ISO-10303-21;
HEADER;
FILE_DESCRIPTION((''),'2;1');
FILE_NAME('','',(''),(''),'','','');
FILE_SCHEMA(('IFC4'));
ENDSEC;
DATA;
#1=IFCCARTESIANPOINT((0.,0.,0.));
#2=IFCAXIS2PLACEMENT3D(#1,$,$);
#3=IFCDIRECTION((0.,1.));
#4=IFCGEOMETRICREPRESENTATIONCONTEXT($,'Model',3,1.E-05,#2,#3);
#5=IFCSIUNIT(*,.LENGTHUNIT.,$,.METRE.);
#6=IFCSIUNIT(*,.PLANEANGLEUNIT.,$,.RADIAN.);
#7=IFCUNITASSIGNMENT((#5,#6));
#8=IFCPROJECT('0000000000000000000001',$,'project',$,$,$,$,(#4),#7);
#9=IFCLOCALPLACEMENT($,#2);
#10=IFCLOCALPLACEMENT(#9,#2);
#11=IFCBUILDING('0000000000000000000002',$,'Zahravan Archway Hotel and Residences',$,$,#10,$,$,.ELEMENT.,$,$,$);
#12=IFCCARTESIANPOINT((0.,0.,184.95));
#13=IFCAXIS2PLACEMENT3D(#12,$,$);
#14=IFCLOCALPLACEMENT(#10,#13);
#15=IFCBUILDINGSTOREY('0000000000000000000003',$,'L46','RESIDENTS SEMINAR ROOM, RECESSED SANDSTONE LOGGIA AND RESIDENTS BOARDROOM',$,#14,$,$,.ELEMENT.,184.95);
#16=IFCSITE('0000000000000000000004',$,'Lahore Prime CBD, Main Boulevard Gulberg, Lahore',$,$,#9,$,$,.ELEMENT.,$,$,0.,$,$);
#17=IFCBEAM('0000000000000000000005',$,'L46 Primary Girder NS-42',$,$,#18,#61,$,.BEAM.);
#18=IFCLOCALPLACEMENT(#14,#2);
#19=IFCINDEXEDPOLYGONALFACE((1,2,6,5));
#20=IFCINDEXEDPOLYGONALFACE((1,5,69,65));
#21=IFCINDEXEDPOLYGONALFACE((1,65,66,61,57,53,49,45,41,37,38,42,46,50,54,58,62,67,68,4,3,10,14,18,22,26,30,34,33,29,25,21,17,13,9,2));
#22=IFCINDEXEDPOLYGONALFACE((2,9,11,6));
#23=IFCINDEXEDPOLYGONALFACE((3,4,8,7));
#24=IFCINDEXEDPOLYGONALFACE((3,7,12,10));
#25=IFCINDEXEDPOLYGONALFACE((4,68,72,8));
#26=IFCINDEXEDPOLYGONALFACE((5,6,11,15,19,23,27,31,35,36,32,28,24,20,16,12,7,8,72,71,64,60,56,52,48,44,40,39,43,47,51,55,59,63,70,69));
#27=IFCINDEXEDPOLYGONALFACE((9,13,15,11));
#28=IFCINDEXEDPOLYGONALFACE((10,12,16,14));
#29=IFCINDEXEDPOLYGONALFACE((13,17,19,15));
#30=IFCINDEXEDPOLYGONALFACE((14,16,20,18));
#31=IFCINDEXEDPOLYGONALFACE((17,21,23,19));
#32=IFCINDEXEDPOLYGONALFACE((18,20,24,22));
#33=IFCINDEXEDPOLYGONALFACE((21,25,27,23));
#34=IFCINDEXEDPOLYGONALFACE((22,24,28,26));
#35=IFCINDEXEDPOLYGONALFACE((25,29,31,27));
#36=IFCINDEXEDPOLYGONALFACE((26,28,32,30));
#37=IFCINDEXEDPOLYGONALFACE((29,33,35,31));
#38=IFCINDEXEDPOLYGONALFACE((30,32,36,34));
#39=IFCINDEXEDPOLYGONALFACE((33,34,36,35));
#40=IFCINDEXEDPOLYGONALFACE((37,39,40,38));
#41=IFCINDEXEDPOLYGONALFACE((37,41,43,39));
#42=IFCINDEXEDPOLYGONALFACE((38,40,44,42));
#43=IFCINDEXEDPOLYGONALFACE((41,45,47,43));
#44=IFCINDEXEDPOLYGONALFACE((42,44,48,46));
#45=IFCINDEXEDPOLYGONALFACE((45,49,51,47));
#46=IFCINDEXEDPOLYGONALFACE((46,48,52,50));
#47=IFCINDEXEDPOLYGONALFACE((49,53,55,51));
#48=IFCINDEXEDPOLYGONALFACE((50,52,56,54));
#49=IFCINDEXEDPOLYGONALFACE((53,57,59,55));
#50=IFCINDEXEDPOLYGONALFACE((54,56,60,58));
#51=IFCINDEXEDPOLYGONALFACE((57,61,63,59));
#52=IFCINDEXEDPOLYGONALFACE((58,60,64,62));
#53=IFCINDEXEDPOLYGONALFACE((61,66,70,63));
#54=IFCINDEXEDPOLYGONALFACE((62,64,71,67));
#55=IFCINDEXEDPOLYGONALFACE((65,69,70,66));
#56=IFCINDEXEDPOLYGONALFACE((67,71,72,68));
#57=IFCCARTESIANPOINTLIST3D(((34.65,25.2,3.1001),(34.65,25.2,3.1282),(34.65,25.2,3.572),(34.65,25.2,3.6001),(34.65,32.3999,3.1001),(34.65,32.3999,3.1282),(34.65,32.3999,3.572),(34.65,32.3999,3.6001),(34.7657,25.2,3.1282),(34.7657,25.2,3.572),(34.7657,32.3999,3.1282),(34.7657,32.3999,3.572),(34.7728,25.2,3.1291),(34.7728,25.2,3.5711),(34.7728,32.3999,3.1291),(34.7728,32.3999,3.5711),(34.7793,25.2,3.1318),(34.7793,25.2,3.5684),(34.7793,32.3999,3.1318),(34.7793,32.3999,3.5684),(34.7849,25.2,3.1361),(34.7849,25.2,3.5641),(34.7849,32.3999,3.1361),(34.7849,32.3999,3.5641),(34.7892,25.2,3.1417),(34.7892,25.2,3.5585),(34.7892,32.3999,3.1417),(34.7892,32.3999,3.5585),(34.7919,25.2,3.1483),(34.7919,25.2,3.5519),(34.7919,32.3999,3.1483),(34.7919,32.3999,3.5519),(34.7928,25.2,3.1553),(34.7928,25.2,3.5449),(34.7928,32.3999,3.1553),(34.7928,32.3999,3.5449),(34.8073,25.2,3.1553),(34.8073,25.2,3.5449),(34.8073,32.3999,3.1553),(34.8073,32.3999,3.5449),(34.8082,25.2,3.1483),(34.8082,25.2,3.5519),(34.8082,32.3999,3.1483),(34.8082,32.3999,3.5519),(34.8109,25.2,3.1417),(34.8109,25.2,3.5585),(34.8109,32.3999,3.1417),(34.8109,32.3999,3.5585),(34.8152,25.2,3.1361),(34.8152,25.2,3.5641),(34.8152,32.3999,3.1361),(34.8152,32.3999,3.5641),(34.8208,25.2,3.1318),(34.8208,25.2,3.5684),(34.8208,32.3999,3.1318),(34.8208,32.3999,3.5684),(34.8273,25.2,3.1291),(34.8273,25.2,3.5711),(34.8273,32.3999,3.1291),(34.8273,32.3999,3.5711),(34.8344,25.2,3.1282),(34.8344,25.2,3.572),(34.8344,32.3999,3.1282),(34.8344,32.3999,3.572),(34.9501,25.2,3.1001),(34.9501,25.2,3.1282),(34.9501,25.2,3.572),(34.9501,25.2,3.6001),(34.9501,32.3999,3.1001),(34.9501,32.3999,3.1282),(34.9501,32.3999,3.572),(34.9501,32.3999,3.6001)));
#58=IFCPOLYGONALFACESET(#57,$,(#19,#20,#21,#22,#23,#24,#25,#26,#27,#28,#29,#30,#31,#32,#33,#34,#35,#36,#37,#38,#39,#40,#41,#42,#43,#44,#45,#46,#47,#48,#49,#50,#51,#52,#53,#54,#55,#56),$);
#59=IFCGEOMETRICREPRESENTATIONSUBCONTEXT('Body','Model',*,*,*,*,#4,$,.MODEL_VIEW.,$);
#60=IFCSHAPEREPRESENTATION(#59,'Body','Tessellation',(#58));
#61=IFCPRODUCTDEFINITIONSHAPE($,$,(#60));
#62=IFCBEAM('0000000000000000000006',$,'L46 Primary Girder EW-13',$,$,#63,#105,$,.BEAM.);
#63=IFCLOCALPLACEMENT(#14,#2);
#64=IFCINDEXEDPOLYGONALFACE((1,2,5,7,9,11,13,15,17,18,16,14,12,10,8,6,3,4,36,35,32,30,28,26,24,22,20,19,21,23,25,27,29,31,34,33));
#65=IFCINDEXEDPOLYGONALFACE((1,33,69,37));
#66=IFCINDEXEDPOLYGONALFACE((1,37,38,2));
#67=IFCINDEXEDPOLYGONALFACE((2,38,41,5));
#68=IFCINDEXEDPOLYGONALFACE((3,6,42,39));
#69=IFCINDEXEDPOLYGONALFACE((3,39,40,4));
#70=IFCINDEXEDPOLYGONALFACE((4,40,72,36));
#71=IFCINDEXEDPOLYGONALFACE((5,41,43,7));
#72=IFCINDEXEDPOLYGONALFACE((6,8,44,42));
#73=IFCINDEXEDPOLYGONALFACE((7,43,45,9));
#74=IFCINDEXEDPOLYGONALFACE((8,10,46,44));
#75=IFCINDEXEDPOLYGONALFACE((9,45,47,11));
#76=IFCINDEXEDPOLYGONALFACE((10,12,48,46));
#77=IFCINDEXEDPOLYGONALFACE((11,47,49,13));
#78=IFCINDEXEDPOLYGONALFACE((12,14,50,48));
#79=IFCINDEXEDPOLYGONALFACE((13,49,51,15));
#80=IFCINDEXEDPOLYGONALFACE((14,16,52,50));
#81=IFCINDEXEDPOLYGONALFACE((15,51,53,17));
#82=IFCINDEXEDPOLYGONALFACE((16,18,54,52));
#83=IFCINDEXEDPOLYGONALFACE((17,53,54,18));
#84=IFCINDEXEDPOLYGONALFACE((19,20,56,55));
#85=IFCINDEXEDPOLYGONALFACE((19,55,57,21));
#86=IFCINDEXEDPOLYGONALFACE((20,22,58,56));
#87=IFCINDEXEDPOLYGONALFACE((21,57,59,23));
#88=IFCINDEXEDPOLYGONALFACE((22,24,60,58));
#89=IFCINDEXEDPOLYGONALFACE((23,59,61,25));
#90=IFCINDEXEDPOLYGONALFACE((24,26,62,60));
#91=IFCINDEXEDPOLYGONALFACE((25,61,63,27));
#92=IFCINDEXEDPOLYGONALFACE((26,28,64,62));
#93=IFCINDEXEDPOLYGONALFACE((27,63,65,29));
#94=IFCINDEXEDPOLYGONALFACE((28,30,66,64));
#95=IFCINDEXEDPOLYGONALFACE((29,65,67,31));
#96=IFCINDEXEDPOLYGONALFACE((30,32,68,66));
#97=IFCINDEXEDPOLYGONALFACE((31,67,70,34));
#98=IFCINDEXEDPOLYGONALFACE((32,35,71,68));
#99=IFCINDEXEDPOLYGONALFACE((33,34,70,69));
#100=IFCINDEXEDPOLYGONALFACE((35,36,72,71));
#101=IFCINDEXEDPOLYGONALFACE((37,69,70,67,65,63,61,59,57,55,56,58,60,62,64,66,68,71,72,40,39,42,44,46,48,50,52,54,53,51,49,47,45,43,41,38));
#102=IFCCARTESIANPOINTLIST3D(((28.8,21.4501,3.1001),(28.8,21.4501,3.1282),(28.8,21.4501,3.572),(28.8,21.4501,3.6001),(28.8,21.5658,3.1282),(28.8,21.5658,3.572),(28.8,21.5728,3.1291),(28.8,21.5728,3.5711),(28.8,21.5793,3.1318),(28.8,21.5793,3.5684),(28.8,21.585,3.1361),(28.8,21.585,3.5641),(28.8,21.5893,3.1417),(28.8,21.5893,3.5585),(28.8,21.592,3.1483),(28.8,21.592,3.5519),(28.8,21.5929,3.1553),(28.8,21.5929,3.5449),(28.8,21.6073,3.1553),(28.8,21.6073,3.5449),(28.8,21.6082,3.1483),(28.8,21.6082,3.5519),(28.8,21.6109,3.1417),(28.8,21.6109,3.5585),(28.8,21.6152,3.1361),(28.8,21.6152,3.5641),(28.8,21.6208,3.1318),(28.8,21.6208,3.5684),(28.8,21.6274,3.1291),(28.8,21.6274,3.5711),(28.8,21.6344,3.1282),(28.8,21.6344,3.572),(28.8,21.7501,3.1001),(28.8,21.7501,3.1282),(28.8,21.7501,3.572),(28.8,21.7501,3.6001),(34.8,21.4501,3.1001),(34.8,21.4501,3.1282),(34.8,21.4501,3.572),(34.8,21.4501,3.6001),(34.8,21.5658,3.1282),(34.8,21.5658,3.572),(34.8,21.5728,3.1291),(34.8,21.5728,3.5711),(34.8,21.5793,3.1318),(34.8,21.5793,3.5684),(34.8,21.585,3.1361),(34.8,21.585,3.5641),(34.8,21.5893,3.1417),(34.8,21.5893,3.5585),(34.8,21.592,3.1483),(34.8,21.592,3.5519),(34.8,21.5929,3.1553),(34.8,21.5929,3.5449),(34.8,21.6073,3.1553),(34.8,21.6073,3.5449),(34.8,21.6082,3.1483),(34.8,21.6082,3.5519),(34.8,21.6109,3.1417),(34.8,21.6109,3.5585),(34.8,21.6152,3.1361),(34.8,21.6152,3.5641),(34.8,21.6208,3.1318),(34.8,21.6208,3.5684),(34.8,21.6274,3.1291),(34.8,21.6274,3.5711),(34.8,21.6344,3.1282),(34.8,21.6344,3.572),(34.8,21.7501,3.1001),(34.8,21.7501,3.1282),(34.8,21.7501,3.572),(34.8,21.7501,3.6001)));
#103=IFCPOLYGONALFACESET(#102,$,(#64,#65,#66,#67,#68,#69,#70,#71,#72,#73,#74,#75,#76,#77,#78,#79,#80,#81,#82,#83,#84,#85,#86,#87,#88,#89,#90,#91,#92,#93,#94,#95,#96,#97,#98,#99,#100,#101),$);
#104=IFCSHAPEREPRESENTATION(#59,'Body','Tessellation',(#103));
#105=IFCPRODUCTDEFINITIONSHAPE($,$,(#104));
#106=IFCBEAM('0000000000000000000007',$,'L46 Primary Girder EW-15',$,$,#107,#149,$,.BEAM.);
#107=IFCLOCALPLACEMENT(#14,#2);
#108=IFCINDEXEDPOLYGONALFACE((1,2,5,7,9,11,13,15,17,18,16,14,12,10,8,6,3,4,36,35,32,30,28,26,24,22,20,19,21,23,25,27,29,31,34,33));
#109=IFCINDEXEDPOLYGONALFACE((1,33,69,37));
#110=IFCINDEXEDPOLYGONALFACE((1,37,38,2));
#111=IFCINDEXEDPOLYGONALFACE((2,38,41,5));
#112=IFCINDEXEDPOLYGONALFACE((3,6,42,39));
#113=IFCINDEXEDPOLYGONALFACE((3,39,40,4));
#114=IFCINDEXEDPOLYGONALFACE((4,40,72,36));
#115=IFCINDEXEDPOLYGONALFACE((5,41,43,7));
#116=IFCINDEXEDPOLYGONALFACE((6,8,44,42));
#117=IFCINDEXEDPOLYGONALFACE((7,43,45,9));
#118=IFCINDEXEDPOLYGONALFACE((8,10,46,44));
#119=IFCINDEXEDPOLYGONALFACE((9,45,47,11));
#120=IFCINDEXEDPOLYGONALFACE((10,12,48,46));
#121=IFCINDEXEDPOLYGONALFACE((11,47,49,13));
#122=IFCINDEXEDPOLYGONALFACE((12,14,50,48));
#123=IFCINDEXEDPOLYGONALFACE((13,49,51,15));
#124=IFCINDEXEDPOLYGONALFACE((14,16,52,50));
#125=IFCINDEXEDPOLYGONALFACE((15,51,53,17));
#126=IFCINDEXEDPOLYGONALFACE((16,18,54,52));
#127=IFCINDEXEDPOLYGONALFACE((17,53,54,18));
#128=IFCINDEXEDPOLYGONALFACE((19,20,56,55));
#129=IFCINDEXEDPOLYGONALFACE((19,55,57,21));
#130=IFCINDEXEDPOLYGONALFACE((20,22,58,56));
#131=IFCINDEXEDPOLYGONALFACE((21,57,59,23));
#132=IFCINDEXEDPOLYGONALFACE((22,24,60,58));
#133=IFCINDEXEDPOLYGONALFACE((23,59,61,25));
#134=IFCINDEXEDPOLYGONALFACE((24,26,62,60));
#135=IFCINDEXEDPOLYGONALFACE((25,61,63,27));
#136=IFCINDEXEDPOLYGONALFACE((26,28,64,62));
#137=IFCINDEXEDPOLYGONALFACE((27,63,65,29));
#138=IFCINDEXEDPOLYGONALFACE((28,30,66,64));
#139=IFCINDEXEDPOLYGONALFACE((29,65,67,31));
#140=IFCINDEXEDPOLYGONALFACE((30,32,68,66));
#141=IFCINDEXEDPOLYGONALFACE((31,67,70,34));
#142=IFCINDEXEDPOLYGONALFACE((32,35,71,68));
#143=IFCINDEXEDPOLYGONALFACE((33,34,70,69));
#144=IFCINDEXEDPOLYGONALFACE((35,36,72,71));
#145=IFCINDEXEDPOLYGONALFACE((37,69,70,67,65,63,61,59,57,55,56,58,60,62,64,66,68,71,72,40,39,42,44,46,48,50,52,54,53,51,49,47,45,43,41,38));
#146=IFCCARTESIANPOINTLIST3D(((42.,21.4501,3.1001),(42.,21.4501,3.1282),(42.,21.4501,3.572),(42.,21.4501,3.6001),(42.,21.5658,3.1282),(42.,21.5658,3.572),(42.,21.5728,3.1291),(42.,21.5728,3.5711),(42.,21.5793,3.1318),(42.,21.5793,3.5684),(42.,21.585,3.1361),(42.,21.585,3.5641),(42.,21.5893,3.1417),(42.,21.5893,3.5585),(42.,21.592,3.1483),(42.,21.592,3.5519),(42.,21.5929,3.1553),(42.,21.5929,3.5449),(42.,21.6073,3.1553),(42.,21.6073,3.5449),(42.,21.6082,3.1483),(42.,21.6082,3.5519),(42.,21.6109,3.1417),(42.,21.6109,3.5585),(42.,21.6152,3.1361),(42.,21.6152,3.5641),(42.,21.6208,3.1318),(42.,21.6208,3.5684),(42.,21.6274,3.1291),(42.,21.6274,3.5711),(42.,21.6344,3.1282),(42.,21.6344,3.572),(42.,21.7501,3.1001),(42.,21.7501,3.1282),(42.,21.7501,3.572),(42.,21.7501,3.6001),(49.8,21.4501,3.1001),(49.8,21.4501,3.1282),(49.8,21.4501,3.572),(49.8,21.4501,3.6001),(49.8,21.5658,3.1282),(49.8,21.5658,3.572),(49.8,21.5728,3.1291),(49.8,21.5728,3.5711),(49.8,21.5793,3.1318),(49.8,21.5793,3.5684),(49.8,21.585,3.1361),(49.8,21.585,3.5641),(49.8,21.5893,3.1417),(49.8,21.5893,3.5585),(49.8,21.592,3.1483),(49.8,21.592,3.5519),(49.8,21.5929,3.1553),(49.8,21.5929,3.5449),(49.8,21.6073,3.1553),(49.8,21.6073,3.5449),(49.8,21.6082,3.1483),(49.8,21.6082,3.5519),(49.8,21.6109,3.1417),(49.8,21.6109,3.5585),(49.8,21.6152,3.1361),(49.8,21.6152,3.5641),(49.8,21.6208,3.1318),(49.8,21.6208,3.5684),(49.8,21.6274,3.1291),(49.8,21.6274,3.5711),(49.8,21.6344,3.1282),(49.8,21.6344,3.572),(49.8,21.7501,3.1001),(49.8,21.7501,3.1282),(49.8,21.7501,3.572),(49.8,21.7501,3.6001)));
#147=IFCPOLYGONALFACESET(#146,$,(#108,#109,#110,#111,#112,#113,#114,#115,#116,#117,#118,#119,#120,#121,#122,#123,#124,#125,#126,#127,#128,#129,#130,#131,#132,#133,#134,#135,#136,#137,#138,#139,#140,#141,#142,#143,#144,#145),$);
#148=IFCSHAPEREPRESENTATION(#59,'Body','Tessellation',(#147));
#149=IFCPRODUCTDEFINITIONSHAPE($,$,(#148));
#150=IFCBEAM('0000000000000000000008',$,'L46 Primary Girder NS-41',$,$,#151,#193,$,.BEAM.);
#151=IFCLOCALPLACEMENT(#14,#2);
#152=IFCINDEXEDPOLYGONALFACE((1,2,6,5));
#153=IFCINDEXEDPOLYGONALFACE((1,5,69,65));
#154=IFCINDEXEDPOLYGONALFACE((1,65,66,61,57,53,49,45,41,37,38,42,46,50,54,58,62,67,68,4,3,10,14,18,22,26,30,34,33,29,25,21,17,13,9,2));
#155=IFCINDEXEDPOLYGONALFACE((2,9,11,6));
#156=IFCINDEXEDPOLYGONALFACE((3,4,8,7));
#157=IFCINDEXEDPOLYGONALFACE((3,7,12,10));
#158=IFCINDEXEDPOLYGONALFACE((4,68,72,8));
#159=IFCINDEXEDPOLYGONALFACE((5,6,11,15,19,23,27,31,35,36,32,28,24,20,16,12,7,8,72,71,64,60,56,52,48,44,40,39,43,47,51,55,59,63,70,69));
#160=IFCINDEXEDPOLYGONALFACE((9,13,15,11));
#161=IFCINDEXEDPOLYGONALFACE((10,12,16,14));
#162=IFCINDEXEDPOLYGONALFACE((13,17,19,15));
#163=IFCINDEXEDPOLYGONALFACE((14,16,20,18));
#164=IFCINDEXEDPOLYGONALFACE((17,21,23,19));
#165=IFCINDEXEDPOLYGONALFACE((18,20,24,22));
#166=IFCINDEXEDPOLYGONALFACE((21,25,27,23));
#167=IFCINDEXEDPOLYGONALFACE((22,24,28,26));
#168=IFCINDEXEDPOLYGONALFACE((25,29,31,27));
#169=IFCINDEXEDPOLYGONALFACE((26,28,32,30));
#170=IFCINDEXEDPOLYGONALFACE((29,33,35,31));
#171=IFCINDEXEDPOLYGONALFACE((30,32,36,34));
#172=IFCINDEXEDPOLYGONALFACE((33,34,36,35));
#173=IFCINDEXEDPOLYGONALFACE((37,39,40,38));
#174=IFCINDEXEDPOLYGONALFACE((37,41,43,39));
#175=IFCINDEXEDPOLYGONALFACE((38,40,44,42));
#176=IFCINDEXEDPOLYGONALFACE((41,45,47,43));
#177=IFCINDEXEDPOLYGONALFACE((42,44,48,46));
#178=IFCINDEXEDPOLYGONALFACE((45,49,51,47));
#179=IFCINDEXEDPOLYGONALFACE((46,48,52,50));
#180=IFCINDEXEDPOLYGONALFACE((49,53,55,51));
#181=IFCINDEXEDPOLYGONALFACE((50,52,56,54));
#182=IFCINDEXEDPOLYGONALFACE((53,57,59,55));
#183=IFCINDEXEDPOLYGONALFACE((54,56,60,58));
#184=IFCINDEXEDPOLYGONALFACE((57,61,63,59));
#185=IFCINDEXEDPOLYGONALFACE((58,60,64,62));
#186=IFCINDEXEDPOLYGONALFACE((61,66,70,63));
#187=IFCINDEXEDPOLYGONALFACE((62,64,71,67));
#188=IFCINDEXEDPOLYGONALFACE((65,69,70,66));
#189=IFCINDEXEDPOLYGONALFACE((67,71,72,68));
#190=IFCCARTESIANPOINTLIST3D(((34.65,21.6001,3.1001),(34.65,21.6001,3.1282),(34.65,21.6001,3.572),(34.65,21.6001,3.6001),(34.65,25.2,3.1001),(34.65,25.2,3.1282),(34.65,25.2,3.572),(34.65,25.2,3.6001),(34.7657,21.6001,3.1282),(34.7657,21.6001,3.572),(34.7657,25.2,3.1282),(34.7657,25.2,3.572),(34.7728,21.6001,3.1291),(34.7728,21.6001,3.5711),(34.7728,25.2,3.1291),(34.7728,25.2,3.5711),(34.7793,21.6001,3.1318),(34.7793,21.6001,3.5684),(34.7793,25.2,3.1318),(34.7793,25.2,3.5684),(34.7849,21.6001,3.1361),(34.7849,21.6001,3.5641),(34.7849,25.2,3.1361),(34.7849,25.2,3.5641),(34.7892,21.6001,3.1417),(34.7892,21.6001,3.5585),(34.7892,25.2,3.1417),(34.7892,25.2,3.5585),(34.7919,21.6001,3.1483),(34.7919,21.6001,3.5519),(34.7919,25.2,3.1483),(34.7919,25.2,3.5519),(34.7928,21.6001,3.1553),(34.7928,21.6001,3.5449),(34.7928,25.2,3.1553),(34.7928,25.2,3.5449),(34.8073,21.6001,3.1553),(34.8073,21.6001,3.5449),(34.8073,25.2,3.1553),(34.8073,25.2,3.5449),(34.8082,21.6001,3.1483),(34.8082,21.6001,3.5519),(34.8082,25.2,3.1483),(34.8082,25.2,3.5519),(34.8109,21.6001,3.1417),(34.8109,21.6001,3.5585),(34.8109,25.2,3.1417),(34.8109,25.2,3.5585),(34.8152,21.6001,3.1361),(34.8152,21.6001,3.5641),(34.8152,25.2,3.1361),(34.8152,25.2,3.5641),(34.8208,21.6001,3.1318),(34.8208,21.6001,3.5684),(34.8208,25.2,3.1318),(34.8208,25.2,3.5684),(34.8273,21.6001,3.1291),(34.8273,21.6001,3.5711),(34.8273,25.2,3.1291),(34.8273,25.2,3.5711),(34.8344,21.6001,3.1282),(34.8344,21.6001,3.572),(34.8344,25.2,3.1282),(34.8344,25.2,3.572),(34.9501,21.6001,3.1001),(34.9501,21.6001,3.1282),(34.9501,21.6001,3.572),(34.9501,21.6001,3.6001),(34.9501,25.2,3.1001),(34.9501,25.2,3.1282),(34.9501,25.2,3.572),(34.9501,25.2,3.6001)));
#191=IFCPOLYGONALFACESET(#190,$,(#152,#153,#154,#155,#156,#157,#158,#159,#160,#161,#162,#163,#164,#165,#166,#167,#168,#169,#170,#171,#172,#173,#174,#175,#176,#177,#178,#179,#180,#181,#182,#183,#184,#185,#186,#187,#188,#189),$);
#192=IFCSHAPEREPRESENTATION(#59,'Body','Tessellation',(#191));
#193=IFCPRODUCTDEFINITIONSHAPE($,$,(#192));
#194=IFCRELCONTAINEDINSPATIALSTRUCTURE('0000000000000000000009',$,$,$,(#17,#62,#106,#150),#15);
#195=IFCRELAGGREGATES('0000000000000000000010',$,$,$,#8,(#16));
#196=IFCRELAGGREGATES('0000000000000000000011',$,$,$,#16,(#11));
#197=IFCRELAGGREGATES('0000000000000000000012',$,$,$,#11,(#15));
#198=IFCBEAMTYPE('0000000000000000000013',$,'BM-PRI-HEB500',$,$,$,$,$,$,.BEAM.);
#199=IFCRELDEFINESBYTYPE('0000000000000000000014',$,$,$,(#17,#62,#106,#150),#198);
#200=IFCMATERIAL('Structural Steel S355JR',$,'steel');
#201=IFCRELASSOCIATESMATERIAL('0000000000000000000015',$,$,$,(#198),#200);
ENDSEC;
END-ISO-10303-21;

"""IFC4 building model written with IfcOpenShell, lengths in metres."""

from ifc_helpers import new_model, si_unit, direction, frame, origin, origin_2d, place, context, subcontext, project, spatial, i_section, extrude, source, transform, mapped, material, material_profile, profile_set, type_object, element, save


model = new_model("IFC4")

# Units and contexts
model_context = context("Model", 3, precision=1e-05, world=origin(), true_north=direction((0.0, 1.0)))
body_context = subcontext(model_context, "Body", "Model", "MODEL_VIEW")
ifc_project = project(units=[si_unit("LENGTHUNIT", "METRE"), si_unit("PLANEANGLEUNIT", "RADIAN")], contexts=[model_context])

# Site, building, storey
site_placement = place(None, origin())
site = spatial("IfcSite", under=ifc_project, at=site_placement, Name="Lahore Prime CBD, Main Boulevard Gulberg, Lahore", CompositionType="ELEMENT", RefElevation=0.0)
building_placement = place(site_placement, origin())
building = spatial("IfcBuilding", under=site, at=building_placement, Name="Zahravan Archway Hotel and Residences", CompositionType="ELEMENT")
storey_placement = place(building_placement, frame((0.0, 0.0, 184.95)))
storey = spatial("IfcBuildingStorey", under=building, at=storey_placement, Name="L46", Description="RESIDENTS SEMINAR ROOM, RECESSED SANDSTONE LOGGIA AND RESIDENTS BOARDROOM", CompositionType="ELEMENT", Elevation=184.95)

# Beams
ifc_material_1 = material(Name="Structural Steel S355JR", Category="steel")
ifc_material_profile_1 = material_profile(ifc_material_1, i_section(OverallWidth=0.3, OverallDepth=0.5, WebThickness=0.0144, FlangeThickness=0.0281, FilletRadius=0.0271, at=origin_2d()), Name="HEB 500", Category="steel")
ifc_profile_set_1 = profile_set([ifc_material_profile_1], Name="Structural Steel S355JR")
beam_type = type_object("IfcBeamType", Name="BM-PRI-HEB500", PredefinedType="BEAM", material=ifc_profile_set_1)
shared_shape_1 = source(origin(), body_context, "Body", "SweptSolid", [
    extrude(i_section(OverallWidth=0.3, OverallDepth=0.5, WebThickness=0.0144, FlangeThickness=0.0281, FilletRadius=0.0271, at=origin_2d()), origin(), (0.0, 0.0, 1.0), 7.2),
])
for number, where, z_axis, x_axis, name in (
    (1, (34.8, 25.2, 3.3501), (0.0, 1.0, 0.0), (-1.0, 0.0, 0.0), "L46 Primary Girder NS-42"),
):
    element("IfcBeam", number, at=place(storey_placement, frame(where, z_axis=z_axis, x_axis=x_axis)), inside=storey, type_object=beam_type, Name=name, PredefinedType="BEAM", context=body_context, shape_type="MappedRepresentation", body=[
        mapped(shared_shape_1, transform((0.0, 0.0, 0.0), scale=1.0)),
    ])
shared_shape_2 = source(origin(), body_context, "Body", "SweptSolid", [
    extrude(i_section(OverallWidth=0.3, OverallDepth=0.5, WebThickness=0.0144, FlangeThickness=0.0281, FilletRadius=0.0271, at=origin_2d()), origin(), (0.0, 0.0, 1.0), 6.0),
])
beam_1_placement = place(storey_placement, frame((28.8, 21.6001, 3.3501), z_axis=(1.0, 0.0, 0.0), x_axis=(0.0, 1.0, 0.0)))
element("IfcBeam", 2, at=beam_1_placement, inside=storey, type_object=beam_type, Name="L46 Primary Girder EW-13", PredefinedType="BEAM", context=body_context, shape_type="MappedRepresentation", body=[
    mapped(shared_shape_2, transform((0.0, 0.0, 0.0), scale=1.0)),
])
shared_shape_3 = source(origin(), body_context, "Body", "SweptSolid", [
    extrude(i_section(OverallWidth=0.3, OverallDepth=0.5, WebThickness=0.0144, FlangeThickness=0.0281, FilletRadius=0.0271, at=origin_2d()), origin(), (0.0, 0.0, 1.0), 7.8),
])
beam_2_placement = place(storey_placement, frame((42.0, 21.6001, 3.3501), z_axis=(1.0, 0.0, 0.0), x_axis=(0.0, 1.0, 0.0)))
element("IfcBeam", 3, at=beam_2_placement, inside=storey, type_object=beam_type, Name="L46 Primary Girder EW-15", PredefinedType="BEAM", context=body_context, shape_type="MappedRepresentation", body=[
    mapped(shared_shape_3, transform((0.0, 0.0, 0.0), scale=1.0)),
])
shared_shape_4 = source(origin(), body_context, "Body", "SweptSolid", [
    extrude(i_section(OverallWidth=0.3, OverallDepth=0.5, WebThickness=0.0144, FlangeThickness=0.0281, FilletRadius=0.0271, at=origin_2d()), origin(), (0.0, 0.0, 1.0), 3.5999),
])
beam_3_placement = place(storey_placement, frame((34.8, 21.6001, 3.3501), z_axis=(0.0, 1.0, 0.0), x_axis=(-1.0, 0.0, 0.0)))
element("IfcBeam", 4, at=beam_3_placement, inside=storey, type_object=beam_type, Name="L46 Primary Girder NS-41", PredefinedType="BEAM", context=body_context, shape_type="MappedRepresentation", body=[
    mapped(shared_shape_4, transform((0.0, 0.0, 0.0), scale=1.0)),
])

save(model, "model.ifc")
